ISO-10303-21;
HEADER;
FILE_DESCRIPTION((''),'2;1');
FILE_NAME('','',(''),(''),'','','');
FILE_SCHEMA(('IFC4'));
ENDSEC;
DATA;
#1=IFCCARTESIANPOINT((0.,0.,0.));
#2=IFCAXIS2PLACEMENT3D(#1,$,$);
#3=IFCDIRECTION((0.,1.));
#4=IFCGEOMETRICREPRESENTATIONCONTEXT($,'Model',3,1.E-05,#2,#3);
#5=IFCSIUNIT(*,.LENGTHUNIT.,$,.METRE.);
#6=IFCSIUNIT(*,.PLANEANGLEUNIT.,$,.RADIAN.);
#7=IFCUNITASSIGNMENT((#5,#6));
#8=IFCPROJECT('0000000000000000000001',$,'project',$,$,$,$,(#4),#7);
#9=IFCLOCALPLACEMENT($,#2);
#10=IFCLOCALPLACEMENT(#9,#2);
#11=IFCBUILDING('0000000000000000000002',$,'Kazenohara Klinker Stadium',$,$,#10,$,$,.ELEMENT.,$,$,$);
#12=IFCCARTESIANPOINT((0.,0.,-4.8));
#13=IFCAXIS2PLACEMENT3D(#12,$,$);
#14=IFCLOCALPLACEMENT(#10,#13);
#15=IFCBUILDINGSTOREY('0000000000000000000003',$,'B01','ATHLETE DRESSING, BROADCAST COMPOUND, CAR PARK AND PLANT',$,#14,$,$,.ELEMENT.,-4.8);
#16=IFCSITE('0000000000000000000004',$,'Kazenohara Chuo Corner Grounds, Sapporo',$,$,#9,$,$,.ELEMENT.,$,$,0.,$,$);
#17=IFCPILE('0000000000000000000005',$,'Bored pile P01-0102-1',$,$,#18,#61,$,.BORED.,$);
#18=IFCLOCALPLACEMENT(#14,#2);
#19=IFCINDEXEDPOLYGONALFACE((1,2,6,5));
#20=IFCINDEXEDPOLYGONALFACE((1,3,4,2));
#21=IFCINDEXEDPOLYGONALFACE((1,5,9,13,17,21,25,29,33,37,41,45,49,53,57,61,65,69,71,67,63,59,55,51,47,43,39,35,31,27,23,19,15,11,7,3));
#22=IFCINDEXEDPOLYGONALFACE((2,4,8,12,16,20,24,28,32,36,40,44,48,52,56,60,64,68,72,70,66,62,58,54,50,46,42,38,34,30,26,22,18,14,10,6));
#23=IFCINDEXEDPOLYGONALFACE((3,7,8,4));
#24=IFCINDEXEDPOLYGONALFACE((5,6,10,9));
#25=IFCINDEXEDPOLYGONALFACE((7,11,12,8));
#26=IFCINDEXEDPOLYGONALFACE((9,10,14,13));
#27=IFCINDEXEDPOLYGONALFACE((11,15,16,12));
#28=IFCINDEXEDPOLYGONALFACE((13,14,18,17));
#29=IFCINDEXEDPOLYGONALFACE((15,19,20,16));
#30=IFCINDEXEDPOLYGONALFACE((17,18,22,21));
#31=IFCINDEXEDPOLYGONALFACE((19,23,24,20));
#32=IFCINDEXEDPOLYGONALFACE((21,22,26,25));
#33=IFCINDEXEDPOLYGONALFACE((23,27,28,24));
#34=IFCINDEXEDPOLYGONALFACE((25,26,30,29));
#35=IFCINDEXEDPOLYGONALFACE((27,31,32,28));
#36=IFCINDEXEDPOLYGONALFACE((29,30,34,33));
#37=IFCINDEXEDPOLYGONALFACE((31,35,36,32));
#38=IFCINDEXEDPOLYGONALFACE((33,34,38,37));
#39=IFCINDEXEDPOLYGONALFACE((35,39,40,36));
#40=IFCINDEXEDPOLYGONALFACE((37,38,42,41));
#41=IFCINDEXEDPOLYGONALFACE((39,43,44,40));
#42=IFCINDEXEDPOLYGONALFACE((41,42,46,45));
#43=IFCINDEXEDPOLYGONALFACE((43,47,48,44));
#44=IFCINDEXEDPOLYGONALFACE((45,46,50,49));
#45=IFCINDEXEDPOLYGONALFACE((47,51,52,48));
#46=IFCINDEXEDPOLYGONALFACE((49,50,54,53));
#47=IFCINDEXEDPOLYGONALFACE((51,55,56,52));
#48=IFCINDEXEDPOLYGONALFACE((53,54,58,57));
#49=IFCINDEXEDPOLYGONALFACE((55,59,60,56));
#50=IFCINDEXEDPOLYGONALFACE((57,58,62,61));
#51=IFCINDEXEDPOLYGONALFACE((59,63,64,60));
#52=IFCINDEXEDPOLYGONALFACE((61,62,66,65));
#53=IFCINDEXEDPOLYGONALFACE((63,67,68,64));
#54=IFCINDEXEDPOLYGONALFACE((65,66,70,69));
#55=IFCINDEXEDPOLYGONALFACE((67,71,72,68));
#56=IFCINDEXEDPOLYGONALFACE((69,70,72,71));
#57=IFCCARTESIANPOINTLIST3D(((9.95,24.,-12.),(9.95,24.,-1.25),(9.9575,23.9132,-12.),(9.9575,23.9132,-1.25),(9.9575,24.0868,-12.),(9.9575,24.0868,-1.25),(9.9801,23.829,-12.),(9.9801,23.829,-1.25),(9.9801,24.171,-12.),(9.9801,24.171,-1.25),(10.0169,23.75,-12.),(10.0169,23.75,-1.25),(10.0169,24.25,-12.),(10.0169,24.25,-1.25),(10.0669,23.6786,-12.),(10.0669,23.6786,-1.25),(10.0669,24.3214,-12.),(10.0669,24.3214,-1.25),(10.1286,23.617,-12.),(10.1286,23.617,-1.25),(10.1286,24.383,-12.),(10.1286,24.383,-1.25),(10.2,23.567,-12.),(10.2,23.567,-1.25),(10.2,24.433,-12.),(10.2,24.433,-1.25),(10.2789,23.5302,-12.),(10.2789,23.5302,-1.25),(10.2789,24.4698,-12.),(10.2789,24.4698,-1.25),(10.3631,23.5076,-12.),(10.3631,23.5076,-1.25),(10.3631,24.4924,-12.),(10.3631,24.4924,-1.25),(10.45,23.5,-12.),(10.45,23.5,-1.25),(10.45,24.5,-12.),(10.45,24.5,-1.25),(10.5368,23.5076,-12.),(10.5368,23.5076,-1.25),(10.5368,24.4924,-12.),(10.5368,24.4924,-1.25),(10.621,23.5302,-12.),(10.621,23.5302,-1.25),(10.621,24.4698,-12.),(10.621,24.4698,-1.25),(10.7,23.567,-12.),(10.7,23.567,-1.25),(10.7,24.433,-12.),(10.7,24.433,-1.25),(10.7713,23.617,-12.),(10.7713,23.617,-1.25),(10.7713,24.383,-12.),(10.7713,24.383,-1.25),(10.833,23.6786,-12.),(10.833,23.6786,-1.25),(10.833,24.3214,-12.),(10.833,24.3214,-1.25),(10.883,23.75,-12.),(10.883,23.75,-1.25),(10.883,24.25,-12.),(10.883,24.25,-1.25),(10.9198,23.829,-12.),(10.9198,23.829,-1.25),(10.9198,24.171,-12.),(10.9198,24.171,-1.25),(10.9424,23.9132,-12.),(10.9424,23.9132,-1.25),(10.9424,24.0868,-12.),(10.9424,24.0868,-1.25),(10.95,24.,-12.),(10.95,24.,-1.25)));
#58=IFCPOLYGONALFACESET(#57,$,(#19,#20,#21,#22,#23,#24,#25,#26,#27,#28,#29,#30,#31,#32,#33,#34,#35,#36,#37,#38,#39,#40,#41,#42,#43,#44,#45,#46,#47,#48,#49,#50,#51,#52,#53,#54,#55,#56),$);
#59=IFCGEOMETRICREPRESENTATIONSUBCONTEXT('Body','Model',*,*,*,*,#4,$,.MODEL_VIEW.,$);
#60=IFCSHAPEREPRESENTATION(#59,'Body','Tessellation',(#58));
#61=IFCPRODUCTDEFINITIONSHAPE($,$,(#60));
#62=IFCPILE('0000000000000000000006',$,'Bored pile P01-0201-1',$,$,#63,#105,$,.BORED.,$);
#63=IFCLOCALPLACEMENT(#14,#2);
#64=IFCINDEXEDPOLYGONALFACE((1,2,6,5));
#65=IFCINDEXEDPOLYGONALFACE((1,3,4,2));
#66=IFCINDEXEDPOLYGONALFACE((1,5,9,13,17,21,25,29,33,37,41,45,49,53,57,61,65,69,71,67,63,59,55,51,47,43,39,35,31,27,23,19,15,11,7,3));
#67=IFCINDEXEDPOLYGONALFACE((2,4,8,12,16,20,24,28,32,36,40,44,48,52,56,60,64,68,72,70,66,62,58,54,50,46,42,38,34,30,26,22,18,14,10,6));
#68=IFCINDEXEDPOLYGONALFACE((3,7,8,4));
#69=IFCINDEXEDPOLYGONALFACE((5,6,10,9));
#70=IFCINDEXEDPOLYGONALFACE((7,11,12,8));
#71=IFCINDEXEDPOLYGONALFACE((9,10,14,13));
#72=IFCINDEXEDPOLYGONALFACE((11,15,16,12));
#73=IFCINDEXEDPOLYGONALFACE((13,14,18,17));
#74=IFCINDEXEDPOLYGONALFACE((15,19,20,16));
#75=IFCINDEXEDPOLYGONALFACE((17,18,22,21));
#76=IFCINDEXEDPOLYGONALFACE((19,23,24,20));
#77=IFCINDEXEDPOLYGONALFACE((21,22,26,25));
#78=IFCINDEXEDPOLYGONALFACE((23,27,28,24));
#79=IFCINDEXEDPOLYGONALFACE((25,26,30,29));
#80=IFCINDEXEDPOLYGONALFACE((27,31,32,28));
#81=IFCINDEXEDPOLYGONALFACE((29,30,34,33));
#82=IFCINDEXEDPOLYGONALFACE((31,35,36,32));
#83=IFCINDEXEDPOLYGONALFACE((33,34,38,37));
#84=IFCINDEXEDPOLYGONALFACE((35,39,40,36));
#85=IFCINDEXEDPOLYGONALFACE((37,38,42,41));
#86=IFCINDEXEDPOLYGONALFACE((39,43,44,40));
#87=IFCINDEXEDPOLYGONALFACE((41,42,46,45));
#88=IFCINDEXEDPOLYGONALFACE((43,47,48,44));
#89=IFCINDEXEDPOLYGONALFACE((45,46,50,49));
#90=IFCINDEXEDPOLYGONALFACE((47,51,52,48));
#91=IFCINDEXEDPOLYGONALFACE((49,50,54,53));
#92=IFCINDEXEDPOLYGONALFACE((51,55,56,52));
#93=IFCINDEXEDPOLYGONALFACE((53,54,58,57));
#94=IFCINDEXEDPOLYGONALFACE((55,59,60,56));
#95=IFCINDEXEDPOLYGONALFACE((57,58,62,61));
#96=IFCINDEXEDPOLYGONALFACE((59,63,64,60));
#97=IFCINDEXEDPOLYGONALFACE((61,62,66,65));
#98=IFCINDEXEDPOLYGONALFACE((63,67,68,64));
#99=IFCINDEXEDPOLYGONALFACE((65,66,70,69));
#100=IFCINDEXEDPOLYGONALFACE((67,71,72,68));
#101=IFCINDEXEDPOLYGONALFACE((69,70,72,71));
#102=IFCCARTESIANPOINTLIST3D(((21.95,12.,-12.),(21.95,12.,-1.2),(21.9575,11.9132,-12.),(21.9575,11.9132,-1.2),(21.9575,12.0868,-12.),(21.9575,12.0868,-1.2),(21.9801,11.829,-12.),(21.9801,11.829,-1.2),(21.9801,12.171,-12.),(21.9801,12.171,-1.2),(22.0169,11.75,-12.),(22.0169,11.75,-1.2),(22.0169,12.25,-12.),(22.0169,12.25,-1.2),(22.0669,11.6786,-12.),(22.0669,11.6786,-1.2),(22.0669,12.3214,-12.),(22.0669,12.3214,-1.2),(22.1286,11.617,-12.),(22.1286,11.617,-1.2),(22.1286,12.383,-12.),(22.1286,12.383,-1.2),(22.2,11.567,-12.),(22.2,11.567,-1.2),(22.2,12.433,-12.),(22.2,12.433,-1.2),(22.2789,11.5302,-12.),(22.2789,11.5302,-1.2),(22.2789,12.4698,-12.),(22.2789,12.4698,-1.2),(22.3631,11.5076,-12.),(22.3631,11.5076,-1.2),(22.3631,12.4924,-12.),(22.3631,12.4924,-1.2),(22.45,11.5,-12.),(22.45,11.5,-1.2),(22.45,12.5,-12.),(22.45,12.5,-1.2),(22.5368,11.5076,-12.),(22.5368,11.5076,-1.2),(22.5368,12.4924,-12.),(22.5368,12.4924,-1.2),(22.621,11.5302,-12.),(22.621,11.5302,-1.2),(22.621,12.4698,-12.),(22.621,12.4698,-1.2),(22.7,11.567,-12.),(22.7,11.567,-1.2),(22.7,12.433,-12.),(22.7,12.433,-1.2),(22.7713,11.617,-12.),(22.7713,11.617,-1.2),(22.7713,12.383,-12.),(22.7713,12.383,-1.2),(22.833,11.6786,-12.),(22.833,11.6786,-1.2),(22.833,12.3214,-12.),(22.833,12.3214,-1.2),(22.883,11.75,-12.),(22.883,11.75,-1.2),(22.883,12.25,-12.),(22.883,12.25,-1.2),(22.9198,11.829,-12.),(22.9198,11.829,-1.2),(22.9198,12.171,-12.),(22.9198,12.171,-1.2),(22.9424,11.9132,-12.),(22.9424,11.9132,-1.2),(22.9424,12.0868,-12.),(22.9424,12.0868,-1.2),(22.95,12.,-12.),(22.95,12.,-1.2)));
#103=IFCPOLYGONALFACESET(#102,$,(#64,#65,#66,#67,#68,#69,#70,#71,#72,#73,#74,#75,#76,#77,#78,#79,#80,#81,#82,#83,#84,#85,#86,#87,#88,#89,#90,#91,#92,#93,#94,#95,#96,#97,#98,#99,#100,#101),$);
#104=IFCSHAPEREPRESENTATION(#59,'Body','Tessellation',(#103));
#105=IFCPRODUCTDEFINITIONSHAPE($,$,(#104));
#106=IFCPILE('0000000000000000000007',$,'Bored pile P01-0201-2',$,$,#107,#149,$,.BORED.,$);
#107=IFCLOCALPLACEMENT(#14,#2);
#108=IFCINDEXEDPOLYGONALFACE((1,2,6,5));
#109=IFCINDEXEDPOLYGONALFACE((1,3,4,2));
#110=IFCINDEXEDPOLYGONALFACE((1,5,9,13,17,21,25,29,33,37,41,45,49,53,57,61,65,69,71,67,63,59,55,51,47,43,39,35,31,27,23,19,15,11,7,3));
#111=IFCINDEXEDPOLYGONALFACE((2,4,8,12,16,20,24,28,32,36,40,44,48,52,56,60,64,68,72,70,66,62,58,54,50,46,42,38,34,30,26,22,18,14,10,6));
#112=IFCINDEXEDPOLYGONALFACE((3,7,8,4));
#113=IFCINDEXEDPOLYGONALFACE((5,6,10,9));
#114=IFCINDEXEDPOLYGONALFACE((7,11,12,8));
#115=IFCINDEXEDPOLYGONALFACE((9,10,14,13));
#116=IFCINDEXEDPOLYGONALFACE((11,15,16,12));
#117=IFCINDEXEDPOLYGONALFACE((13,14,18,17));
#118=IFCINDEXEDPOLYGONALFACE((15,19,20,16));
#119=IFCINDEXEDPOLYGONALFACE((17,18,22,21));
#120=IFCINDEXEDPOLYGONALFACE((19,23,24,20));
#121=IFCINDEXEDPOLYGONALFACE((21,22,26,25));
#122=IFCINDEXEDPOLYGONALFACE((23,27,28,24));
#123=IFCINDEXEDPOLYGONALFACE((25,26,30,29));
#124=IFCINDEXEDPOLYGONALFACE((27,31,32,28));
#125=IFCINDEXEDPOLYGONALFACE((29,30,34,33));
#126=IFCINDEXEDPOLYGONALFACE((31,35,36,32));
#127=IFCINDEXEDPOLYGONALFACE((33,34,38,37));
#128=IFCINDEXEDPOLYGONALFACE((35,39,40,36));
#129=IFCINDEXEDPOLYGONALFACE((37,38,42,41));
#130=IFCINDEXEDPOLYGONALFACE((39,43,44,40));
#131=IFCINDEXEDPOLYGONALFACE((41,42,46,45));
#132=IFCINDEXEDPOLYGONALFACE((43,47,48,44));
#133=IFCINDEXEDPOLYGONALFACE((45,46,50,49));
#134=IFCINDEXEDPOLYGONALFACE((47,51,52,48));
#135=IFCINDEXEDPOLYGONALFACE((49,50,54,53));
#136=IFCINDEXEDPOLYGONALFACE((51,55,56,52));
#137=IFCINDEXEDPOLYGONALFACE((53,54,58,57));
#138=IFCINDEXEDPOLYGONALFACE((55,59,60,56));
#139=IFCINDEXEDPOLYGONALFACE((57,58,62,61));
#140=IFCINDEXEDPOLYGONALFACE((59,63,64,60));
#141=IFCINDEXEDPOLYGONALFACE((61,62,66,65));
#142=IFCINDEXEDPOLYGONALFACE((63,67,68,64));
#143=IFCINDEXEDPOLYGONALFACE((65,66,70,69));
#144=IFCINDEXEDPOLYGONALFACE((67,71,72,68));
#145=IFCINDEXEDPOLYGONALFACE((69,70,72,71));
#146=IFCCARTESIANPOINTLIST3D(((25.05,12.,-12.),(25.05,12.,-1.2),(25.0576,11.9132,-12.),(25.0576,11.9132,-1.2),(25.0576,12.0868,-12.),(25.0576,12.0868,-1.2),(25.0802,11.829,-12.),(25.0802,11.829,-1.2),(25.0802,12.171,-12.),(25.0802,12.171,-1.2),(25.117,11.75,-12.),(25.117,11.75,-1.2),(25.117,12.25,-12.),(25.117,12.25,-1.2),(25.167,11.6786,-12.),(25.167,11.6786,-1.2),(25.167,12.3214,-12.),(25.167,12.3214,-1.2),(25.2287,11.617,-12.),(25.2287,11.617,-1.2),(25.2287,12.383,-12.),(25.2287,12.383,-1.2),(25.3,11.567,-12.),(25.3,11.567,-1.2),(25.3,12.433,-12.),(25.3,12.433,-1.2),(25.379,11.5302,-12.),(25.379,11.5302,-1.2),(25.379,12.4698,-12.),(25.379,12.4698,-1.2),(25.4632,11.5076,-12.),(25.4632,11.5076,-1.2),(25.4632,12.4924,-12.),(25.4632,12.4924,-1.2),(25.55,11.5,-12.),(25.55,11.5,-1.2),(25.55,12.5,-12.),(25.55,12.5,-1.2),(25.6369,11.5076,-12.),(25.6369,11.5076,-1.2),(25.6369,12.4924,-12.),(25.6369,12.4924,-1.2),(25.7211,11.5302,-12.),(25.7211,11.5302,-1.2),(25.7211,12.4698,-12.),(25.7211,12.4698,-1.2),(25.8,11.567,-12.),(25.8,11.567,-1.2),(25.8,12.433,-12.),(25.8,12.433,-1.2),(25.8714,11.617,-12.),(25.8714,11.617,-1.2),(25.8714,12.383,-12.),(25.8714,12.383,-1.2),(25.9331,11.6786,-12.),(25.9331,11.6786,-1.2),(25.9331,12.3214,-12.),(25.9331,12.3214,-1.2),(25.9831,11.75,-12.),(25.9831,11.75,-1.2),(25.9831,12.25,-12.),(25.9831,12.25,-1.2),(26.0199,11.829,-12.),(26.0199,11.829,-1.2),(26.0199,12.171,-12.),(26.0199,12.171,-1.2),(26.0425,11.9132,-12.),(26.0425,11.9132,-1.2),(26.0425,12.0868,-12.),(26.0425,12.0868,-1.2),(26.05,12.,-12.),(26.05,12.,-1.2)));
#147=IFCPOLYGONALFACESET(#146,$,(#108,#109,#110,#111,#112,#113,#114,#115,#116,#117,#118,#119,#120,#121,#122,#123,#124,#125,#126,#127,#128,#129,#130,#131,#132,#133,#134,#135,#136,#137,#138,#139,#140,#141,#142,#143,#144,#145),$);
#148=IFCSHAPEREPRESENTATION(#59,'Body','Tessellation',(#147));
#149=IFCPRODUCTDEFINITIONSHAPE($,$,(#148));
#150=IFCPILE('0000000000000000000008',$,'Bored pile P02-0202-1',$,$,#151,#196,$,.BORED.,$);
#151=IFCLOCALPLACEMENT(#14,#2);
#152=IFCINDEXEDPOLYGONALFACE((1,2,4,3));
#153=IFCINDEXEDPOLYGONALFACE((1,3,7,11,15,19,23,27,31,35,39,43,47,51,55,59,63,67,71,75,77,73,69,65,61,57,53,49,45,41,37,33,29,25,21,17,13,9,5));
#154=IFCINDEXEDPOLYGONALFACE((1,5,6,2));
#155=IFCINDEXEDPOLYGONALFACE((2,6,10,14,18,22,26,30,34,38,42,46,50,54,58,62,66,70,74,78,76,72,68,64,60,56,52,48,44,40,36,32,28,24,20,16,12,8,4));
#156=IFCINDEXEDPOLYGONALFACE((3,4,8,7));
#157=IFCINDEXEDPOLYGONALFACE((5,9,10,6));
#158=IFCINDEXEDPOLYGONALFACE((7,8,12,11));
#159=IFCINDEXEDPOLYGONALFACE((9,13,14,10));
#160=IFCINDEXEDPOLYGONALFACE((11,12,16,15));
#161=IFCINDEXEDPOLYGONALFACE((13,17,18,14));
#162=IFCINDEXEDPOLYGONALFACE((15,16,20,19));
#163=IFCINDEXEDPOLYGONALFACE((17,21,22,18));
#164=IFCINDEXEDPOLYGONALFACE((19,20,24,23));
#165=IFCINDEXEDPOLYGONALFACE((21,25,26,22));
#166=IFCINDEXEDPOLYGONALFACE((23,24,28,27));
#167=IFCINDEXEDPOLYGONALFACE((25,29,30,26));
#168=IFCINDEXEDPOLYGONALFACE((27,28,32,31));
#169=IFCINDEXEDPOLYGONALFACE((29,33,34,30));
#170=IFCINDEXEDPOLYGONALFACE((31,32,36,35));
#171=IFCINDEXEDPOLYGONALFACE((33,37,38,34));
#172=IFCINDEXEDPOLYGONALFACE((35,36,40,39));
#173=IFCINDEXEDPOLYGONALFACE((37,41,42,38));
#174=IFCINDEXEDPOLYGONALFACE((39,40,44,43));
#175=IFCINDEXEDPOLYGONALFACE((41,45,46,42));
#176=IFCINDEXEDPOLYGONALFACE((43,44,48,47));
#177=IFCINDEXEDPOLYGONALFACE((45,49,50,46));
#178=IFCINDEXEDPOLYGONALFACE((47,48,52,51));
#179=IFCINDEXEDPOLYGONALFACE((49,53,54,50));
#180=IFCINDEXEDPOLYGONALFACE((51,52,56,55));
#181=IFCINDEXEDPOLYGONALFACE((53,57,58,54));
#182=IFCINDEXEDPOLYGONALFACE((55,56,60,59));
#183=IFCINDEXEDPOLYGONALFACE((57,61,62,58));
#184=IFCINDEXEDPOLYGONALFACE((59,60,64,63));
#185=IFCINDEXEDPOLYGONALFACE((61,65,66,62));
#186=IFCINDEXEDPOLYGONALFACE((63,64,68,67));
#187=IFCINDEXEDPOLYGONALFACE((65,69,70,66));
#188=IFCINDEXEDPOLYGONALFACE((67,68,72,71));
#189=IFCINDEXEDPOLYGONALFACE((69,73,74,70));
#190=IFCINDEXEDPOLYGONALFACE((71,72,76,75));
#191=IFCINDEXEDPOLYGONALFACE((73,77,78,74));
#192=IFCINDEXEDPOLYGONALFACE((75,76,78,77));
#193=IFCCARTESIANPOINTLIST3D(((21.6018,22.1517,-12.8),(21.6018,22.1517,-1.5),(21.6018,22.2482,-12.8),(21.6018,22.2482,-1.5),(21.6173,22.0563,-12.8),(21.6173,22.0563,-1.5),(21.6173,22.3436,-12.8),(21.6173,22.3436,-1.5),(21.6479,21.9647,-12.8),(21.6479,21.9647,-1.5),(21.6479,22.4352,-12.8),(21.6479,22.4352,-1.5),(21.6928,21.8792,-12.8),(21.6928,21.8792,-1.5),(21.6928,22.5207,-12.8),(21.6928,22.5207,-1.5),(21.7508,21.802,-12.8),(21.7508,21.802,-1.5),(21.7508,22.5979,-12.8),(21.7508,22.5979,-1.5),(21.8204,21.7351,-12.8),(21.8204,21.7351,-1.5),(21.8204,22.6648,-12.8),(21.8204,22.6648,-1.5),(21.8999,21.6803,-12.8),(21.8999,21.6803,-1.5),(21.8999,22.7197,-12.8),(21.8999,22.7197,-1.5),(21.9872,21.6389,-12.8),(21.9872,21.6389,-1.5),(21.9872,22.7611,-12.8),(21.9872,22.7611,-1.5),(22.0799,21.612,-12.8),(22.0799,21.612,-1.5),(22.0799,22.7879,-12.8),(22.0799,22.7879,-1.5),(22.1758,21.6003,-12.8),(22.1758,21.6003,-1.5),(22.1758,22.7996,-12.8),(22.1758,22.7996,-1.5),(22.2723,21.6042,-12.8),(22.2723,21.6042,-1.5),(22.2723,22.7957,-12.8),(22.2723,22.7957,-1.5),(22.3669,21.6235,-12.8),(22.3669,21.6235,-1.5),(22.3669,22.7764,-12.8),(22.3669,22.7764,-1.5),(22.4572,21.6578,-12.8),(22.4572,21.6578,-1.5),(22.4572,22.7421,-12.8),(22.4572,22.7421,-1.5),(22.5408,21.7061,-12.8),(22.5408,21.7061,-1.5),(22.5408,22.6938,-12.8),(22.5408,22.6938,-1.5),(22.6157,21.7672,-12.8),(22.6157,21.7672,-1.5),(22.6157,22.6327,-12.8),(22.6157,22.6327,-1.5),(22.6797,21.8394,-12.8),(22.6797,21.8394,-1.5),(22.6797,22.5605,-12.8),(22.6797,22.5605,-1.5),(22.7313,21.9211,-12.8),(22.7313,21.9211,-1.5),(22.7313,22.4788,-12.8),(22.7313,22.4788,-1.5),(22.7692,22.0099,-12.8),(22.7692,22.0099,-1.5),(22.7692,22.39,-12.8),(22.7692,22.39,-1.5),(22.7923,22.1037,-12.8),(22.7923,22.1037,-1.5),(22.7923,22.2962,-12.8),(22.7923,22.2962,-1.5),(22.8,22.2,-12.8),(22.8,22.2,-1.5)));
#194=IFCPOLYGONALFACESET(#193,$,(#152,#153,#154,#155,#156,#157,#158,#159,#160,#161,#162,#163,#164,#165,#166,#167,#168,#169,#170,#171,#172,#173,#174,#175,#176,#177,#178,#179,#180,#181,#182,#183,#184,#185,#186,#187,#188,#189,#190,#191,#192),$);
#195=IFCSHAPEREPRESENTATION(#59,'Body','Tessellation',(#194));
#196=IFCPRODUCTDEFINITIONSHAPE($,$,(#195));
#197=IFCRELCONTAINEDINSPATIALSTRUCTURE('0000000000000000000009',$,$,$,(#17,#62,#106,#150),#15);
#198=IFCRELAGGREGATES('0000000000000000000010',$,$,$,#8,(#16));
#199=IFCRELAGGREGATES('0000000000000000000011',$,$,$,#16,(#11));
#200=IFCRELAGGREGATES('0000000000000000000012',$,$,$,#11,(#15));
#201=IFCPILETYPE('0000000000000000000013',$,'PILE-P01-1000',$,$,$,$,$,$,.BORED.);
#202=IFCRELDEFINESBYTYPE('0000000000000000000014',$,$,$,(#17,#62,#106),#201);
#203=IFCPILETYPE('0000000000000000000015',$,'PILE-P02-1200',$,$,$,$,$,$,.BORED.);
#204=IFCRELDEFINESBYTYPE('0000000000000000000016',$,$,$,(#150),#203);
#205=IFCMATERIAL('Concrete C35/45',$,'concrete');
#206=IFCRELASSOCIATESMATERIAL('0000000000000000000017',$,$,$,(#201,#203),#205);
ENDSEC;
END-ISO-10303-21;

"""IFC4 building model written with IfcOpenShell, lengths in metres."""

from ifc_helpers import new_model, si_unit, direction, frame, origin, origin_2d, place, context, subcontext, project, spatial, circle, extrude, material, material_profile, profile_set, type_object, element, save


model = new_model("IFC4")

# Units and contexts
model_context = context("Model", 3, precision=1e-05, world=origin(), true_north=direction((0.0, 1.0)))
body_context = subcontext(model_context, "Body", "Model", "MODEL_VIEW")
ifc_project = project(units=[si_unit("LENGTHUNIT", "METRE"), si_unit("PLANEANGLEUNIT", "RADIAN")], contexts=[model_context])

# Site, building, storey
site_placement = place(None, origin())
site = spatial("IfcSite", under=ifc_project, at=site_placement, Name="Kazenohara Chuo Corner Grounds, Sapporo", CompositionType="ELEMENT", RefElevation=0.0)
building_placement = place(site_placement, origin())
building = spatial("IfcBuilding", under=site, at=building_placement, Name="Kazenohara Klinker Stadium", CompositionType="ELEMENT")
storey_placement = place(building_placement, frame((0.0, 0.0, -4.8)))
storey = spatial("IfcBuildingStorey", under=building, at=storey_placement, Name="B01", Description="ATHLETE DRESSING, BROADCAST COMPOUND, CAR PARK AND PLANT", CompositionType="ELEMENT", Elevation=-4.8)

# Shared definitions
ifc_material_1 = material(Name="Concrete C35/45", Category="concrete")

# Piles
ifc_material_profile_1 = material_profile(ifc_material_1, circle(Radius=0.5, at=origin_2d()), Name="BORED-PILE-1000")
ifc_profile_set_1 = profile_set([ifc_material_profile_1], Name="Concrete C35/45")
pile_type_1 = type_object("IfcPileType", Name="PILE-P01-1000", PredefinedType="BORED", material=ifc_profile_set_1)
pile_placement = place(storey_placement, frame((10.45, 24.0, -1.25), z_axis=(0.0, 0.0, -1.0), x_axis=(1.0, 0.0, 0.0)))
element("IfcPile", 1, at=pile_placement, inside=storey, type_object=pile_type_1, Name="Bored pile P01-0102-1", PredefinedType="BORED", context=body_context, shape_type="SweptSolid", body=[
    extrude(circle(Radius=0.5, at=origin_2d()), origin(), (0.0, 0.0, 1.0), 10.75),
])
for number, where, z_axis, x_axis, name in (
    (2, (22.45, 12.0, -1.2), (0.0, 0.0, -1.0), (1.0, 0.0, 0.0), "Bored pile P01-0201-1"),
    (3, (25.55, 12.0, -1.2), (0.0, 0.0, -1.0), (1.0, 0.0, 0.0), "Bored pile P01-0201-2"),
):
    element("IfcPile", number, at=place(storey_placement, frame(where, z_axis=z_axis, x_axis=x_axis)), inside=storey, type_object=pile_type_1, Name=name, PredefinedType="BORED", context=body_context, shape_type="SweptSolid", body=[
        extrude(circle(Radius=0.5, at=origin_2d()), origin(), (0.0, 0.0, 1.0), 10.8),
    ])
ifc_material_profile_2 = material_profile(ifc_material_1, circle(Radius=0.6001, at=origin_2d()), Name="BORED-PILE-1200")
ifc_profile_set_2 = profile_set([ifc_material_profile_2], Name="Concrete C35/45")
pile_type_2 = type_object("IfcPileType", Name="PILE-P02-1200", PredefinedType="BORED", material=ifc_profile_set_2)
for number, where, z_axis, x_axis, name in (
    (4, (22.2, 22.2, -1.5), (0.0, 0.0, -1.0), (1.0, 0.0, 0.0), "Bored pile P02-0202-1"),
):
    element("IfcPile", number, at=place(storey_placement, frame(where, z_axis=z_axis, x_axis=x_axis)), inside=storey, type_object=pile_type_2, Name=name, PredefinedType="BORED", context=body_context, shape_type="SweptSolid", body=[
        extrude(circle(Radius=0.6001, at=origin_2d()), origin(), (0.0, 0.0, 1.0), 11.3),
    ])

save(model, "model.ifc")
